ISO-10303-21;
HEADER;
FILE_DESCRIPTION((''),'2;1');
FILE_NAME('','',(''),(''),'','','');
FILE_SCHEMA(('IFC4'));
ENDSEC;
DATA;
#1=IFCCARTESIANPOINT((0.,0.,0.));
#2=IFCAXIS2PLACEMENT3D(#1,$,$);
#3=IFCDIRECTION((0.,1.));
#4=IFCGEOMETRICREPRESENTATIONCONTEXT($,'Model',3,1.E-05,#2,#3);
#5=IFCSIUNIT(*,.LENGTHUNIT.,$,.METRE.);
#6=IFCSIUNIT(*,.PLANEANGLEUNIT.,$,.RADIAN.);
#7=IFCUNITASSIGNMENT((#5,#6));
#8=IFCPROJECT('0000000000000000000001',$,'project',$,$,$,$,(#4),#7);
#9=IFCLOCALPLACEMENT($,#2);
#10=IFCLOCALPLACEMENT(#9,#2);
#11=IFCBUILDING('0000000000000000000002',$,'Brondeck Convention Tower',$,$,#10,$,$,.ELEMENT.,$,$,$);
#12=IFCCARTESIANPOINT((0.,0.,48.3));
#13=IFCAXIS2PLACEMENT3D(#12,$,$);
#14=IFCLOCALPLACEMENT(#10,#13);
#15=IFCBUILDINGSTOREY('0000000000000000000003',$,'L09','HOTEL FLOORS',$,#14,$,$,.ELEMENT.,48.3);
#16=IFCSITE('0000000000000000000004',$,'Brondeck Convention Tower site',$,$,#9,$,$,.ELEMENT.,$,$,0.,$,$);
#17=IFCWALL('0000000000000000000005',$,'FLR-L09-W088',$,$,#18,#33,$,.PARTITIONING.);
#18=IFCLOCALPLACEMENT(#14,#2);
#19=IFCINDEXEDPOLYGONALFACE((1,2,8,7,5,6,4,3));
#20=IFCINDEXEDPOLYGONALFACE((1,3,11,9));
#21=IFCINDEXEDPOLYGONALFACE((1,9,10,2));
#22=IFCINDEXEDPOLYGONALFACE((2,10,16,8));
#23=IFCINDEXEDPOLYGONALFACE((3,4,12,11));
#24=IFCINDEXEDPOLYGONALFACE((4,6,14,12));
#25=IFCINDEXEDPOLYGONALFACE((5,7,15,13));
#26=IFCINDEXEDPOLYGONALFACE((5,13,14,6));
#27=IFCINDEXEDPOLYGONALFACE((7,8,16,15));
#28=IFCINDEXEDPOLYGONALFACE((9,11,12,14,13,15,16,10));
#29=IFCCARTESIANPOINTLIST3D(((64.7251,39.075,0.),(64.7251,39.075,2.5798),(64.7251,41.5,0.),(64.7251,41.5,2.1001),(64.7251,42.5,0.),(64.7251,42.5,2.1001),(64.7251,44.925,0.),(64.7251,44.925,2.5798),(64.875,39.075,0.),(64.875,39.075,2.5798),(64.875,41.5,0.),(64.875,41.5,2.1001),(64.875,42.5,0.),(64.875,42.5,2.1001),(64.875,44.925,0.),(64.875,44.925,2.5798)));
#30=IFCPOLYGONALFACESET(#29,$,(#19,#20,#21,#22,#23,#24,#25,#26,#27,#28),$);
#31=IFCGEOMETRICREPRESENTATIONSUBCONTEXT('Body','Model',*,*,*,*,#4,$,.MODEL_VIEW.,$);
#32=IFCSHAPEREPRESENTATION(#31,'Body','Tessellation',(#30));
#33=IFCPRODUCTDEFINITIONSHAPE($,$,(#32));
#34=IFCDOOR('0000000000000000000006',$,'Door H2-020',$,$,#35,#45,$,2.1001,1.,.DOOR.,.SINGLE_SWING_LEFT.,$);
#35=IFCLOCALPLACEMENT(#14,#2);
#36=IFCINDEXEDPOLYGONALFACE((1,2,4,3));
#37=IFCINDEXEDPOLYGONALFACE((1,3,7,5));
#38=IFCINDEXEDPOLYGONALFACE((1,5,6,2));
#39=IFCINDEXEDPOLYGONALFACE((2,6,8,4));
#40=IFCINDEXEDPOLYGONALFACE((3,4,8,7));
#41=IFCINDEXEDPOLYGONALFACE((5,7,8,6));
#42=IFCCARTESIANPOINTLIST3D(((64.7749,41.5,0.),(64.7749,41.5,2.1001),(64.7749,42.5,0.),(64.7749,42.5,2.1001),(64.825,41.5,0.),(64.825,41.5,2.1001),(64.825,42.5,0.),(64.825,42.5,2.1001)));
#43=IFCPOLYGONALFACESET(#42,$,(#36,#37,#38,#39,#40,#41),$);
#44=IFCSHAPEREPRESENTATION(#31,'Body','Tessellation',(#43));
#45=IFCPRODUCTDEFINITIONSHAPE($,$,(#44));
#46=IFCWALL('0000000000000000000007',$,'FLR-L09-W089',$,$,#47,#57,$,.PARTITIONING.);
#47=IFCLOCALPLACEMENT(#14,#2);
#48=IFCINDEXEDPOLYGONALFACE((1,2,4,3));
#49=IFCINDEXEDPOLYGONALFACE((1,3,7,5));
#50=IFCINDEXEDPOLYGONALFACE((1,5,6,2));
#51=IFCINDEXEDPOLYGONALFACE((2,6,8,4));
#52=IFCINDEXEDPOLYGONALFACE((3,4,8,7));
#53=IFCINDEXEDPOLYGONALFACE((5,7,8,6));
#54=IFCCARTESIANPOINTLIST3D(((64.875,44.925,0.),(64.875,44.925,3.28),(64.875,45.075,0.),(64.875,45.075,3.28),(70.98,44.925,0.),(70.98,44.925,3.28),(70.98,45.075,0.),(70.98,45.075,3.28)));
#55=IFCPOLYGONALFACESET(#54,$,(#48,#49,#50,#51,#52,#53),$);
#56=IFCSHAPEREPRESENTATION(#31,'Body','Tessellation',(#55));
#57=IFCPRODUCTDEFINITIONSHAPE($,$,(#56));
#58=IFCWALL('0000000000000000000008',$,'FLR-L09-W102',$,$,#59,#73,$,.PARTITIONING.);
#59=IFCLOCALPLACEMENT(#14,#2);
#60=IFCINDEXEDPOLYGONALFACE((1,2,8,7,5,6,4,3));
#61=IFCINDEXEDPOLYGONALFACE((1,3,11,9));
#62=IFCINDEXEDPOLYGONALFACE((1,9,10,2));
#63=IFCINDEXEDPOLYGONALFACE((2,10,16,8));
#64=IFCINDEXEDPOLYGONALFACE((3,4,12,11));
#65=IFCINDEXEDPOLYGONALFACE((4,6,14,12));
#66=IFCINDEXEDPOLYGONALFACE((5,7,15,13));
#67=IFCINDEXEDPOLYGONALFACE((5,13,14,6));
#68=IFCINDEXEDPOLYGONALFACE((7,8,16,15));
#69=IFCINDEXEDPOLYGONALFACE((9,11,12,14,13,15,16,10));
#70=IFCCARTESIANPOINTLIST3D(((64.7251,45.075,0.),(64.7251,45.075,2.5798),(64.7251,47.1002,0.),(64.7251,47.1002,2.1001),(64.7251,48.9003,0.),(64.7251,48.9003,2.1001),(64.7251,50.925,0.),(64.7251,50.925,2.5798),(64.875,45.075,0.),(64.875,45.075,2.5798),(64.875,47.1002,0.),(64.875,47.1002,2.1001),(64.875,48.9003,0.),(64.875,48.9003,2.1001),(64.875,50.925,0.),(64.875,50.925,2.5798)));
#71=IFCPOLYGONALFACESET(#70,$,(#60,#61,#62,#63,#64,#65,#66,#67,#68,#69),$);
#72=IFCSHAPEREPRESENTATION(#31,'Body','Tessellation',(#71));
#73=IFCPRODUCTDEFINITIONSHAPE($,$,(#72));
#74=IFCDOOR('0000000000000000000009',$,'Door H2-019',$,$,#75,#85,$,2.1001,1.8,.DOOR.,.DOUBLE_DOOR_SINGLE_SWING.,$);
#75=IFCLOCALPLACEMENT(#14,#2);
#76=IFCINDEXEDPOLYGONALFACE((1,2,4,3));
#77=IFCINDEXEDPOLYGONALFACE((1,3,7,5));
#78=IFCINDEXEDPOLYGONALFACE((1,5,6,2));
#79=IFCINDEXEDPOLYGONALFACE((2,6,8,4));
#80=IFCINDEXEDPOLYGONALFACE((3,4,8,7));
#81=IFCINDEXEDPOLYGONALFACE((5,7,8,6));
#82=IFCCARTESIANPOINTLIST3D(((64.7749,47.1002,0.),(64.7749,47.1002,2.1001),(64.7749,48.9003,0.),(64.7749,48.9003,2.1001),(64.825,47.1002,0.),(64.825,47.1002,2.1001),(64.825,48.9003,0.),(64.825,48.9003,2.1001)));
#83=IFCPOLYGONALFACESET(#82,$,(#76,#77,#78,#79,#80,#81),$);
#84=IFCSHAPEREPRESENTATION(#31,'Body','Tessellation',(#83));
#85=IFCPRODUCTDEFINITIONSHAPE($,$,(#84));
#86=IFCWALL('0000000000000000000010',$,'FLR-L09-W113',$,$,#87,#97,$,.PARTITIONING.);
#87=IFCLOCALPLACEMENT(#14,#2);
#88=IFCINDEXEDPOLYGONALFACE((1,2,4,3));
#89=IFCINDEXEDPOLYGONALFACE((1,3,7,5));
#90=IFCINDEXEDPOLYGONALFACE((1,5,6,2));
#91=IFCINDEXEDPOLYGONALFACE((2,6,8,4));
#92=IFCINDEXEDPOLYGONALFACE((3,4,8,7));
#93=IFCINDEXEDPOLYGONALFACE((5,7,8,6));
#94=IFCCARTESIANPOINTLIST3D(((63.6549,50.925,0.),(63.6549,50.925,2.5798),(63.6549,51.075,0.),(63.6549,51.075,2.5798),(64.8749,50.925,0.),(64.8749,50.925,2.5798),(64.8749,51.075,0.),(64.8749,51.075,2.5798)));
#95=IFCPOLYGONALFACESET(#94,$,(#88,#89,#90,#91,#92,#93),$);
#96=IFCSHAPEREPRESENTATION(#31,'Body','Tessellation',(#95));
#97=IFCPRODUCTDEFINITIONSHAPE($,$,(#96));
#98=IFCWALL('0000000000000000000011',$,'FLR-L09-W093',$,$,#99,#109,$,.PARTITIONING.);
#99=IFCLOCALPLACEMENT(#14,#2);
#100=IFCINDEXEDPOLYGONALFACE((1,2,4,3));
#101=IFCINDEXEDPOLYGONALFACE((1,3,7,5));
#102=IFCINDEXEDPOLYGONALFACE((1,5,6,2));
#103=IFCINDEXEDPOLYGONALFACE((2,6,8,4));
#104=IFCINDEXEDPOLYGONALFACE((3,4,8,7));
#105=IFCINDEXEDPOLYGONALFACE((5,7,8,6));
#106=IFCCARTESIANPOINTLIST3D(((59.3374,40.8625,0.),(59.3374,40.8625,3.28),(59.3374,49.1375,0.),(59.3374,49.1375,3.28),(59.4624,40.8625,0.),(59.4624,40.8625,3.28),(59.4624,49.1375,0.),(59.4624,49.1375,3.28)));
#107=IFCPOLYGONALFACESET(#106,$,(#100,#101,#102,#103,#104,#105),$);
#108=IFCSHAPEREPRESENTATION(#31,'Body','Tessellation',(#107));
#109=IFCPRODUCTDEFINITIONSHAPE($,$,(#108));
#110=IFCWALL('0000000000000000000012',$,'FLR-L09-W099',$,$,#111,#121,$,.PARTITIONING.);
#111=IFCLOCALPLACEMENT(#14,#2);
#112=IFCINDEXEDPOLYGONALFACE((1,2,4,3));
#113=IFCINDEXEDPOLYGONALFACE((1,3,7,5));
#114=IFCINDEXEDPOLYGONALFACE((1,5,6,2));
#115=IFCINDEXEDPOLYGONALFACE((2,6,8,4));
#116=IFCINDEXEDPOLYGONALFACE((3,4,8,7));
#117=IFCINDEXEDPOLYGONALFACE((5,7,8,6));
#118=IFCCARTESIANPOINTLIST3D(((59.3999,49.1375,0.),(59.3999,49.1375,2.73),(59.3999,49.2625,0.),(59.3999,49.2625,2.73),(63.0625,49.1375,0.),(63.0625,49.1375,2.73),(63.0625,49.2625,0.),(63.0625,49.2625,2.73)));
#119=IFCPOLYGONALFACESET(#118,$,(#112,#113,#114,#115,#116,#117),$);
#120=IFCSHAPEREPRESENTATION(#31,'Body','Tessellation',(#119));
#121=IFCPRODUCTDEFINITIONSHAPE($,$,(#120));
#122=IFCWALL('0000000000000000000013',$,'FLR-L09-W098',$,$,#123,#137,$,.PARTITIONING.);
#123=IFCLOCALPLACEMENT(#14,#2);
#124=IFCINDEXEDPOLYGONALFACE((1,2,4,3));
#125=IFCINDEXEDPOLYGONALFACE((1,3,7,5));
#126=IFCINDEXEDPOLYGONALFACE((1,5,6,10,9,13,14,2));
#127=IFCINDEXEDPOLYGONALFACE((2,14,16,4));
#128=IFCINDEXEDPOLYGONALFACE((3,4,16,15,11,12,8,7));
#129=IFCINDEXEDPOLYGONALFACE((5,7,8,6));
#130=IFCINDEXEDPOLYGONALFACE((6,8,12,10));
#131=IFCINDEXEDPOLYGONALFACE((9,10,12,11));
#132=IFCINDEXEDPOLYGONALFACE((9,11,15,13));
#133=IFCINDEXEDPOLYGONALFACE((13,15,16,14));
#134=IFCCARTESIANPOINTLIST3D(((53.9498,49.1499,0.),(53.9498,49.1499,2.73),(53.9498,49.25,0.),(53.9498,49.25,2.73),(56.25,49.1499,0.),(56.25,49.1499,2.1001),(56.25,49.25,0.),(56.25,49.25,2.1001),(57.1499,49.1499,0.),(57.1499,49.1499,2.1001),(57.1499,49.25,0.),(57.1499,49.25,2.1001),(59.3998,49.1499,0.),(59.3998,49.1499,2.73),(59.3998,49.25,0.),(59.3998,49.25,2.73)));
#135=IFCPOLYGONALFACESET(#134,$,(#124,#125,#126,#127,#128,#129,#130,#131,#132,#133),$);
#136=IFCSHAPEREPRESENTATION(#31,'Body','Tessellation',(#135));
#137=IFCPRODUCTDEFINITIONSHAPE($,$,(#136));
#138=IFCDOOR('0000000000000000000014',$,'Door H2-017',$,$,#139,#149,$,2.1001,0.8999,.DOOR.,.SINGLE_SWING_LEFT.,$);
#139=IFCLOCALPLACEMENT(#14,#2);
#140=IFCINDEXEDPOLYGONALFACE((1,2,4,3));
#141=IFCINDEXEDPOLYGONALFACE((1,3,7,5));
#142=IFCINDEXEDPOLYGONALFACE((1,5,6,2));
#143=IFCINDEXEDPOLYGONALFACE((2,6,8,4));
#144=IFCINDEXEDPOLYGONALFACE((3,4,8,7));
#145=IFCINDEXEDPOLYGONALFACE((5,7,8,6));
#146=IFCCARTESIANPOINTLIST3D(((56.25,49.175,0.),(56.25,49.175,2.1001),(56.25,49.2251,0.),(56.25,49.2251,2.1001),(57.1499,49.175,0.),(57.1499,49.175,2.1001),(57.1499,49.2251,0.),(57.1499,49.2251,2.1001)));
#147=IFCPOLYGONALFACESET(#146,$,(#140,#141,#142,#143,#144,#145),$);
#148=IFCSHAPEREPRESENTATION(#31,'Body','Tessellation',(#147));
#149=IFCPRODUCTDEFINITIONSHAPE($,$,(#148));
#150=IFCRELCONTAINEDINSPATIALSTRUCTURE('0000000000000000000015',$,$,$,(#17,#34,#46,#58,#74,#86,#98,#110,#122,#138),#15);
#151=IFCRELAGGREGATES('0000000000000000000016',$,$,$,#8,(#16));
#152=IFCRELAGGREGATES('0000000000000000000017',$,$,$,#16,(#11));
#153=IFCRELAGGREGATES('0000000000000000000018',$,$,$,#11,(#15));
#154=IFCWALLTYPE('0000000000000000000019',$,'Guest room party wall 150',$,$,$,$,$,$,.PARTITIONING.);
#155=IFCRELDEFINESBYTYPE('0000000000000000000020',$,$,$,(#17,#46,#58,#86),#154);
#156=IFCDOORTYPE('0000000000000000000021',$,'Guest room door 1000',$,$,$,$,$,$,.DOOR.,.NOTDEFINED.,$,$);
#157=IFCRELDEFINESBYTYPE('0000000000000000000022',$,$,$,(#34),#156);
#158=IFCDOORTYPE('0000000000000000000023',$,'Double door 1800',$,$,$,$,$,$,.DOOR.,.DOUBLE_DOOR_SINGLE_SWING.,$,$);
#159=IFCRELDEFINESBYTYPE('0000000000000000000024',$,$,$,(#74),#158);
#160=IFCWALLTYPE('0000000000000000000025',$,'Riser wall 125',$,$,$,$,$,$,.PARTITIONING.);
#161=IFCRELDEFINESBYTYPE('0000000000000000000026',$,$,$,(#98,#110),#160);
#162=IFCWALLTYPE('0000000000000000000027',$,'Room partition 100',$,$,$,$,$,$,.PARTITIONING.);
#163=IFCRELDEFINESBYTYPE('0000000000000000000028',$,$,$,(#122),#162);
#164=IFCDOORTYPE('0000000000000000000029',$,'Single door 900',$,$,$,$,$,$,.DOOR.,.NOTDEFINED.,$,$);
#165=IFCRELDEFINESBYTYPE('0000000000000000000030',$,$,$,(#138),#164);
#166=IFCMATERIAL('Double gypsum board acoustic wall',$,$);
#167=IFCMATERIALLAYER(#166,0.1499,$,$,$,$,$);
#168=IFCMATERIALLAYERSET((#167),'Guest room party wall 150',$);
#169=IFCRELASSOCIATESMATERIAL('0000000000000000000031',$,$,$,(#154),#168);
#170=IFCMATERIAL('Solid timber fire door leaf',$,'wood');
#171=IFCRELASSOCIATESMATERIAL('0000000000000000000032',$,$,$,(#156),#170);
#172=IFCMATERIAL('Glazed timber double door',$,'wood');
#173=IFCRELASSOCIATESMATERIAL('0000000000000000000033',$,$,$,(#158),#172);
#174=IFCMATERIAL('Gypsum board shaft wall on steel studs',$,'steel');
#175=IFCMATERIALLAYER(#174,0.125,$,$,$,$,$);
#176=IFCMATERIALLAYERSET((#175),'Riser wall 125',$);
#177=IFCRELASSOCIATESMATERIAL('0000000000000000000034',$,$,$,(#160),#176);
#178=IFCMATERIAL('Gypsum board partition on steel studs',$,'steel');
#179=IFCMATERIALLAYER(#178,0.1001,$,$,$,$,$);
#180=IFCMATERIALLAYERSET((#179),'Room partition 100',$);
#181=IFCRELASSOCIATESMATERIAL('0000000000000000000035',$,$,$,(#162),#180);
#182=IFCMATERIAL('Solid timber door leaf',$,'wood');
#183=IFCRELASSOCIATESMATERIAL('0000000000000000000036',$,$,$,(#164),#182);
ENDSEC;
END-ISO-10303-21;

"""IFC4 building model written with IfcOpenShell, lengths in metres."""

from ifc_helpers import new_model, si_unit, direction, frame, frame_2d, origin, place, context, subcontext, project, spatial, rectangle, extrude, material, layer, layer_set, type_object, element, fill, save


model = new_model("IFC4")

# Units and contexts
model_context = context("Model", 3, precision=1e-05, world=origin(), true_north=direction((0.0, 1.0)))
body_context = subcontext(model_context, "Body", "Model", "MODEL_VIEW")
ifc_project = project(units=[si_unit("LENGTHUNIT", "METRE"), si_unit("PLANEANGLEUNIT", "RADIAN")], contexts=[model_context])

# Site, building, storey
site_placement = place(None, origin())
site = spatial("IfcSite", under=ifc_project, at=site_placement, Name="Brondeck Convention Tower site", CompositionType="ELEMENT", RefElevation=0.0)
building_placement = place(site_placement, origin())
building = spatial("IfcBuilding", under=site, at=building_placement, Name="Brondeck Convention Tower", CompositionType="ELEMENT")
storey_placement = place(building_placement, frame((0.0, 0.0, 48.3)))
storey = spatial("IfcBuildingStorey", under=building, at=storey_placement, Name="L09", Description="HOTEL FLOORS", CompositionType="ELEMENT", Elevation=48.3)

# Wall, opening, door
ifc_material_1 = material(Name="Double gypsum board acoustic wall")
ifc_layer_1 = layer(ifc_material_1, 0.1499)
ifc_layer_set_1 = layer_set([ifc_layer_1], Name="Guest room party wall 150")
wall_type_1 = type_object("IfcWallType", Name="Guest room party wall 150", PredefinedType="PARTITIONING", material=ifc_layer_set_1)
wall_1_placement = place(storey_placement, frame((64.8, 44.925, 0.0), z_axis=(0.0, 0.0, 1.0), x_axis=(0.0, -1.0, 0.0)))
wall_1 = element("IfcWall", 1, at=wall_1_placement, inside=storey, type_object=wall_type_1, Name="FLR-L09-W088", PredefinedType="PARTITIONING", context=body_context, shape_type="SweptSolid", body=[
    extrude(rectangle(XDim=5.8501, YDim=0.1499, at=frame_2d((2.925, 0.0))), origin(), (0.0, 0.0, 1.0), 2.5798),
])
opening_1_placement = place(wall_1_placement, frame((2.425, 0.0, 0.0)))
opening_1 = element("IfcOpeningElement", 2, at=opening_1_placement, cuts=wall_1, PredefinedType="OPENING", context=body_context, shape_type="SweptSolid", body=[
    extrude(rectangle(XDim=1.0, YDim=2.1001, at=frame_2d((0.5, 1.05))), frame((0.0, 0.085, 0.0), z_axis=(0.0, -1.0, 0.0), x_axis=(1.0, 0.0, 0.0)), (0.0, 0.0, 1.0), 0.1699),
])
ifc_material_2 = material(Name="Solid timber fire door leaf", Category="wood")
door_type_1 = type_object("IfcDoorType", Name="Guest room door 1000", OperationType="NOTDEFINED", PredefinedType="DOOR", material=ifc_material_2)
door_1_placement = place(opening_1_placement, origin())
door_1 = element("IfcDoor", 3, at=door_1_placement, inside=storey, type_object=door_type_1, Name="Door H2-020", OperationType="SINGLE_SWING_LEFT", OverallHeight=2.1001, OverallWidth=1.0, PredefinedType="DOOR", context=body_context, shape_type="SweptSolid", body=[
    extrude(rectangle(XDim=1.0, YDim=2.1001, at=frame_2d((0.5, 1.05))), frame((0.0, 0.0249, 0.0), z_axis=(0.0, -1.0, 0.0), x_axis=(1.0, 0.0, 0.0)), (0.0, 0.0, 1.0), 0.05),
])
fill(opening_1, door_1)

# Wall
wall_2_placement = place(storey_placement, frame((70.98, 45.0, 0.0), z_axis=(0.0, 0.0, 1.0), x_axis=(-1.0, 0.0, 0.0)))
element("IfcWall", 4, at=wall_2_placement, inside=storey, type_object=wall_type_1, Name="FLR-L09-W089", PredefinedType="PARTITIONING", context=body_context, shape_type="SweptSolid", body=[
    extrude(rectangle(XDim=6.105, YDim=0.1499, at=frame_2d((3.0525, 0.0))), origin(), (0.0, 0.0, 1.0), 3.28),
])

# Wall, opening, door
wall_3_placement = place(storey_placement, frame((64.8, 50.925, 0.0), z_axis=(0.0, 0.0, 1.0), x_axis=(0.0, -1.0, 0.0)))
wall_3 = element("IfcWall", 5, at=wall_3_placement, inside=storey, type_object=wall_type_1, Name="FLR-L09-W102", PredefinedType="PARTITIONING", context=body_context, shape_type="SweptSolid", body=[
    extrude(rectangle(XDim=5.8501, YDim=0.1499, at=frame_2d((2.925, 0.0))), origin(), (0.0, 0.0, 1.0), 2.5798),
])
opening_2_placement = place(wall_3_placement, frame((2.0249, 0.0, 0.0)))
opening_2 = element("IfcOpeningElement", 6, at=opening_2_placement, cuts=wall_3, PredefinedType="OPENING", context=body_context, shape_type="SweptSolid", body=[
    extrude(rectangle(XDim=1.8, YDim=2.1001, at=frame_2d((0.8999, 1.05))), frame((0.0, 0.085, 0.0), z_axis=(0.0, -1.0, 0.0), x_axis=(1.0, 0.0, 0.0)), (0.0, 0.0, 1.0), 0.1699),
])
ifc_material_3 = material(Name="Glazed timber double door", Category="wood")
door_type_2 = type_object("IfcDoorType", Name="Double door 1800", OperationType="DOUBLE_DOOR_SINGLE_SWING", PredefinedType="DOOR", material=ifc_material_3)
door_2_placement = place(opening_2_placement, origin())
door_2 = element("IfcDoor", 7, at=door_2_placement, inside=storey, type_object=door_type_2, Name="Door H2-019", OperationType="DOUBLE_DOOR_SINGLE_SWING", OverallHeight=2.1001, OverallWidth=1.8, PredefinedType="DOOR", context=body_context, shape_type="SweptSolid", body=[
    extrude(rectangle(XDim=1.8, YDim=2.1001, at=frame_2d((0.8999, 1.05))), frame((0.0, 0.0249, 0.0), z_axis=(0.0, -1.0, 0.0), x_axis=(1.0, 0.0, 0.0)), (0.0, 0.0, 1.0), 0.05),
])
fill(opening_2, door_2)

# Walls
wall_4_placement = place(storey_placement, frame((63.655, 51.0, 0.0), z_axis=(0.0, 0.0, 1.0), x_axis=(1.0, 0.0, 0.0)))
element("IfcWall", 8, at=wall_4_placement, inside=storey, type_object=wall_type_1, Name="FLR-L09-W113", PredefinedType="PARTITIONING", context=body_context, shape_type="SweptSolid", body=[
    extrude(rectangle(XDim=1.22, YDim=0.1499, at=frame_2d((0.6099, 0.0))), origin(), (0.0, 0.0, 1.0), 2.5798),
])
ifc_material_4 = material(Name="Gypsum board shaft wall on steel studs", Category="steel")
ifc_layer_2 = layer(ifc_material_4, 0.125)
ifc_layer_set_2 = layer_set([ifc_layer_2], Name="Riser wall 125")
wall_type_2 = type_object("IfcWallType", Name="Riser wall 125", PredefinedType="PARTITIONING", material=ifc_layer_set_2)
wall_5_placement = place(storey_placement, frame((59.3999, 49.1375, 0.0), z_axis=(0.0, 0.0, 1.0), x_axis=(0.0, -1.0, 0.0)))
element("IfcWall", 9, at=wall_5_placement, inside=storey, type_object=wall_type_2, Name="FLR-L09-W093", PredefinedType="PARTITIONING", context=body_context, shape_type="SweptSolid", body=[
    extrude(rectangle(XDim=8.2749, YDim=0.125, at=frame_2d((4.1375, 0.0))), origin(), (0.0, 0.0, 1.0), 3.28),
])
wall_6_placement = place(storey_placement, frame((63.0625, 49.2, 0.0), z_axis=(0.0, 0.0, 1.0), x_axis=(-1.0, 0.0, 0.0)))
element("IfcWall", 10, at=wall_6_placement, inside=storey, type_object=wall_type_2, Name="FLR-L09-W099", PredefinedType="PARTITIONING", context=body_context, shape_type="SweptSolid", body=[
    extrude(rectangle(XDim=3.6626, YDim=0.125, at=frame_2d((1.8313, 0.0))), origin(), (0.0, 0.0, 1.0), 2.73),
])

# Wall, opening, door
ifc_material_5 = material(Name="Gypsum board partition on steel studs", Category="steel")
ifc_layer_3 = layer(ifc_material_5, 0.1001)
ifc_layer_set_3 = layer_set([ifc_layer_3], Name="Room partition 100")
wall_type_3 = type_object("IfcWallType", Name="Room partition 100", PredefinedType="PARTITIONING", material=ifc_layer_set_3)
wall_7_placement = place(storey_placement, frame((59.3999, 49.2, 0.0), z_axis=(0.0, 0.0, 1.0), x_axis=(-1.0, 0.0, 0.0)))
wall_7 = element("IfcWall", 11, at=wall_7_placement, inside=storey, type_object=wall_type_3, Name="FLR-L09-W098", PredefinedType="PARTITIONING", context=body_context, shape_type="SweptSolid", body=[
    extrude(rectangle(XDim=5.45, YDim=0.1001, at=frame_2d((2.7251, 0.0))), origin(), (0.0, 0.0, 1.0), 2.73),
])
opening_3_placement = place(wall_7_placement, frame((2.25, 0.0, 0.0)))
opening_3 = element("IfcOpeningElement", 12, at=opening_3_placement, cuts=wall_7, PredefinedType="OPENING", context=body_context, shape_type="SweptSolid", body=[
    extrude(rectangle(XDim=0.8999, YDim=2.1001, at=frame_2d((0.45, 1.05))), frame((0.0, 0.0601, 0.0), z_axis=(0.0, -1.0, 0.0), x_axis=(1.0, 0.0, 0.0)), (0.0, 0.0, 1.0), 0.1201),
])
ifc_material_6 = material(Name="Solid timber door leaf", Category="wood")
door_type_3 = type_object("IfcDoorType", Name="Single door 900", OperationType="NOTDEFINED", PredefinedType="DOOR", material=ifc_material_6)
door_3_placement = place(opening_3_placement, origin())
door_3 = element("IfcDoor", 13, at=door_3_placement, inside=storey, type_object=door_type_3, Name="Door H2-017", OperationType="SINGLE_SWING_LEFT", OverallHeight=2.1001, OverallWidth=0.8999, PredefinedType="DOOR", context=body_context, shape_type="SweptSolid", body=[
    extrude(rectangle(XDim=0.8999, YDim=2.1001, at=frame_2d((0.45, 1.05))), frame((0.0, 0.0249, 0.0), z_axis=(0.0, -1.0, 0.0), x_axis=(1.0, 0.0, 0.0)), (0.0, 0.0, 1.0), 0.05),
])
fill(opening_3, door_3)

save(model, "model.ifc")
